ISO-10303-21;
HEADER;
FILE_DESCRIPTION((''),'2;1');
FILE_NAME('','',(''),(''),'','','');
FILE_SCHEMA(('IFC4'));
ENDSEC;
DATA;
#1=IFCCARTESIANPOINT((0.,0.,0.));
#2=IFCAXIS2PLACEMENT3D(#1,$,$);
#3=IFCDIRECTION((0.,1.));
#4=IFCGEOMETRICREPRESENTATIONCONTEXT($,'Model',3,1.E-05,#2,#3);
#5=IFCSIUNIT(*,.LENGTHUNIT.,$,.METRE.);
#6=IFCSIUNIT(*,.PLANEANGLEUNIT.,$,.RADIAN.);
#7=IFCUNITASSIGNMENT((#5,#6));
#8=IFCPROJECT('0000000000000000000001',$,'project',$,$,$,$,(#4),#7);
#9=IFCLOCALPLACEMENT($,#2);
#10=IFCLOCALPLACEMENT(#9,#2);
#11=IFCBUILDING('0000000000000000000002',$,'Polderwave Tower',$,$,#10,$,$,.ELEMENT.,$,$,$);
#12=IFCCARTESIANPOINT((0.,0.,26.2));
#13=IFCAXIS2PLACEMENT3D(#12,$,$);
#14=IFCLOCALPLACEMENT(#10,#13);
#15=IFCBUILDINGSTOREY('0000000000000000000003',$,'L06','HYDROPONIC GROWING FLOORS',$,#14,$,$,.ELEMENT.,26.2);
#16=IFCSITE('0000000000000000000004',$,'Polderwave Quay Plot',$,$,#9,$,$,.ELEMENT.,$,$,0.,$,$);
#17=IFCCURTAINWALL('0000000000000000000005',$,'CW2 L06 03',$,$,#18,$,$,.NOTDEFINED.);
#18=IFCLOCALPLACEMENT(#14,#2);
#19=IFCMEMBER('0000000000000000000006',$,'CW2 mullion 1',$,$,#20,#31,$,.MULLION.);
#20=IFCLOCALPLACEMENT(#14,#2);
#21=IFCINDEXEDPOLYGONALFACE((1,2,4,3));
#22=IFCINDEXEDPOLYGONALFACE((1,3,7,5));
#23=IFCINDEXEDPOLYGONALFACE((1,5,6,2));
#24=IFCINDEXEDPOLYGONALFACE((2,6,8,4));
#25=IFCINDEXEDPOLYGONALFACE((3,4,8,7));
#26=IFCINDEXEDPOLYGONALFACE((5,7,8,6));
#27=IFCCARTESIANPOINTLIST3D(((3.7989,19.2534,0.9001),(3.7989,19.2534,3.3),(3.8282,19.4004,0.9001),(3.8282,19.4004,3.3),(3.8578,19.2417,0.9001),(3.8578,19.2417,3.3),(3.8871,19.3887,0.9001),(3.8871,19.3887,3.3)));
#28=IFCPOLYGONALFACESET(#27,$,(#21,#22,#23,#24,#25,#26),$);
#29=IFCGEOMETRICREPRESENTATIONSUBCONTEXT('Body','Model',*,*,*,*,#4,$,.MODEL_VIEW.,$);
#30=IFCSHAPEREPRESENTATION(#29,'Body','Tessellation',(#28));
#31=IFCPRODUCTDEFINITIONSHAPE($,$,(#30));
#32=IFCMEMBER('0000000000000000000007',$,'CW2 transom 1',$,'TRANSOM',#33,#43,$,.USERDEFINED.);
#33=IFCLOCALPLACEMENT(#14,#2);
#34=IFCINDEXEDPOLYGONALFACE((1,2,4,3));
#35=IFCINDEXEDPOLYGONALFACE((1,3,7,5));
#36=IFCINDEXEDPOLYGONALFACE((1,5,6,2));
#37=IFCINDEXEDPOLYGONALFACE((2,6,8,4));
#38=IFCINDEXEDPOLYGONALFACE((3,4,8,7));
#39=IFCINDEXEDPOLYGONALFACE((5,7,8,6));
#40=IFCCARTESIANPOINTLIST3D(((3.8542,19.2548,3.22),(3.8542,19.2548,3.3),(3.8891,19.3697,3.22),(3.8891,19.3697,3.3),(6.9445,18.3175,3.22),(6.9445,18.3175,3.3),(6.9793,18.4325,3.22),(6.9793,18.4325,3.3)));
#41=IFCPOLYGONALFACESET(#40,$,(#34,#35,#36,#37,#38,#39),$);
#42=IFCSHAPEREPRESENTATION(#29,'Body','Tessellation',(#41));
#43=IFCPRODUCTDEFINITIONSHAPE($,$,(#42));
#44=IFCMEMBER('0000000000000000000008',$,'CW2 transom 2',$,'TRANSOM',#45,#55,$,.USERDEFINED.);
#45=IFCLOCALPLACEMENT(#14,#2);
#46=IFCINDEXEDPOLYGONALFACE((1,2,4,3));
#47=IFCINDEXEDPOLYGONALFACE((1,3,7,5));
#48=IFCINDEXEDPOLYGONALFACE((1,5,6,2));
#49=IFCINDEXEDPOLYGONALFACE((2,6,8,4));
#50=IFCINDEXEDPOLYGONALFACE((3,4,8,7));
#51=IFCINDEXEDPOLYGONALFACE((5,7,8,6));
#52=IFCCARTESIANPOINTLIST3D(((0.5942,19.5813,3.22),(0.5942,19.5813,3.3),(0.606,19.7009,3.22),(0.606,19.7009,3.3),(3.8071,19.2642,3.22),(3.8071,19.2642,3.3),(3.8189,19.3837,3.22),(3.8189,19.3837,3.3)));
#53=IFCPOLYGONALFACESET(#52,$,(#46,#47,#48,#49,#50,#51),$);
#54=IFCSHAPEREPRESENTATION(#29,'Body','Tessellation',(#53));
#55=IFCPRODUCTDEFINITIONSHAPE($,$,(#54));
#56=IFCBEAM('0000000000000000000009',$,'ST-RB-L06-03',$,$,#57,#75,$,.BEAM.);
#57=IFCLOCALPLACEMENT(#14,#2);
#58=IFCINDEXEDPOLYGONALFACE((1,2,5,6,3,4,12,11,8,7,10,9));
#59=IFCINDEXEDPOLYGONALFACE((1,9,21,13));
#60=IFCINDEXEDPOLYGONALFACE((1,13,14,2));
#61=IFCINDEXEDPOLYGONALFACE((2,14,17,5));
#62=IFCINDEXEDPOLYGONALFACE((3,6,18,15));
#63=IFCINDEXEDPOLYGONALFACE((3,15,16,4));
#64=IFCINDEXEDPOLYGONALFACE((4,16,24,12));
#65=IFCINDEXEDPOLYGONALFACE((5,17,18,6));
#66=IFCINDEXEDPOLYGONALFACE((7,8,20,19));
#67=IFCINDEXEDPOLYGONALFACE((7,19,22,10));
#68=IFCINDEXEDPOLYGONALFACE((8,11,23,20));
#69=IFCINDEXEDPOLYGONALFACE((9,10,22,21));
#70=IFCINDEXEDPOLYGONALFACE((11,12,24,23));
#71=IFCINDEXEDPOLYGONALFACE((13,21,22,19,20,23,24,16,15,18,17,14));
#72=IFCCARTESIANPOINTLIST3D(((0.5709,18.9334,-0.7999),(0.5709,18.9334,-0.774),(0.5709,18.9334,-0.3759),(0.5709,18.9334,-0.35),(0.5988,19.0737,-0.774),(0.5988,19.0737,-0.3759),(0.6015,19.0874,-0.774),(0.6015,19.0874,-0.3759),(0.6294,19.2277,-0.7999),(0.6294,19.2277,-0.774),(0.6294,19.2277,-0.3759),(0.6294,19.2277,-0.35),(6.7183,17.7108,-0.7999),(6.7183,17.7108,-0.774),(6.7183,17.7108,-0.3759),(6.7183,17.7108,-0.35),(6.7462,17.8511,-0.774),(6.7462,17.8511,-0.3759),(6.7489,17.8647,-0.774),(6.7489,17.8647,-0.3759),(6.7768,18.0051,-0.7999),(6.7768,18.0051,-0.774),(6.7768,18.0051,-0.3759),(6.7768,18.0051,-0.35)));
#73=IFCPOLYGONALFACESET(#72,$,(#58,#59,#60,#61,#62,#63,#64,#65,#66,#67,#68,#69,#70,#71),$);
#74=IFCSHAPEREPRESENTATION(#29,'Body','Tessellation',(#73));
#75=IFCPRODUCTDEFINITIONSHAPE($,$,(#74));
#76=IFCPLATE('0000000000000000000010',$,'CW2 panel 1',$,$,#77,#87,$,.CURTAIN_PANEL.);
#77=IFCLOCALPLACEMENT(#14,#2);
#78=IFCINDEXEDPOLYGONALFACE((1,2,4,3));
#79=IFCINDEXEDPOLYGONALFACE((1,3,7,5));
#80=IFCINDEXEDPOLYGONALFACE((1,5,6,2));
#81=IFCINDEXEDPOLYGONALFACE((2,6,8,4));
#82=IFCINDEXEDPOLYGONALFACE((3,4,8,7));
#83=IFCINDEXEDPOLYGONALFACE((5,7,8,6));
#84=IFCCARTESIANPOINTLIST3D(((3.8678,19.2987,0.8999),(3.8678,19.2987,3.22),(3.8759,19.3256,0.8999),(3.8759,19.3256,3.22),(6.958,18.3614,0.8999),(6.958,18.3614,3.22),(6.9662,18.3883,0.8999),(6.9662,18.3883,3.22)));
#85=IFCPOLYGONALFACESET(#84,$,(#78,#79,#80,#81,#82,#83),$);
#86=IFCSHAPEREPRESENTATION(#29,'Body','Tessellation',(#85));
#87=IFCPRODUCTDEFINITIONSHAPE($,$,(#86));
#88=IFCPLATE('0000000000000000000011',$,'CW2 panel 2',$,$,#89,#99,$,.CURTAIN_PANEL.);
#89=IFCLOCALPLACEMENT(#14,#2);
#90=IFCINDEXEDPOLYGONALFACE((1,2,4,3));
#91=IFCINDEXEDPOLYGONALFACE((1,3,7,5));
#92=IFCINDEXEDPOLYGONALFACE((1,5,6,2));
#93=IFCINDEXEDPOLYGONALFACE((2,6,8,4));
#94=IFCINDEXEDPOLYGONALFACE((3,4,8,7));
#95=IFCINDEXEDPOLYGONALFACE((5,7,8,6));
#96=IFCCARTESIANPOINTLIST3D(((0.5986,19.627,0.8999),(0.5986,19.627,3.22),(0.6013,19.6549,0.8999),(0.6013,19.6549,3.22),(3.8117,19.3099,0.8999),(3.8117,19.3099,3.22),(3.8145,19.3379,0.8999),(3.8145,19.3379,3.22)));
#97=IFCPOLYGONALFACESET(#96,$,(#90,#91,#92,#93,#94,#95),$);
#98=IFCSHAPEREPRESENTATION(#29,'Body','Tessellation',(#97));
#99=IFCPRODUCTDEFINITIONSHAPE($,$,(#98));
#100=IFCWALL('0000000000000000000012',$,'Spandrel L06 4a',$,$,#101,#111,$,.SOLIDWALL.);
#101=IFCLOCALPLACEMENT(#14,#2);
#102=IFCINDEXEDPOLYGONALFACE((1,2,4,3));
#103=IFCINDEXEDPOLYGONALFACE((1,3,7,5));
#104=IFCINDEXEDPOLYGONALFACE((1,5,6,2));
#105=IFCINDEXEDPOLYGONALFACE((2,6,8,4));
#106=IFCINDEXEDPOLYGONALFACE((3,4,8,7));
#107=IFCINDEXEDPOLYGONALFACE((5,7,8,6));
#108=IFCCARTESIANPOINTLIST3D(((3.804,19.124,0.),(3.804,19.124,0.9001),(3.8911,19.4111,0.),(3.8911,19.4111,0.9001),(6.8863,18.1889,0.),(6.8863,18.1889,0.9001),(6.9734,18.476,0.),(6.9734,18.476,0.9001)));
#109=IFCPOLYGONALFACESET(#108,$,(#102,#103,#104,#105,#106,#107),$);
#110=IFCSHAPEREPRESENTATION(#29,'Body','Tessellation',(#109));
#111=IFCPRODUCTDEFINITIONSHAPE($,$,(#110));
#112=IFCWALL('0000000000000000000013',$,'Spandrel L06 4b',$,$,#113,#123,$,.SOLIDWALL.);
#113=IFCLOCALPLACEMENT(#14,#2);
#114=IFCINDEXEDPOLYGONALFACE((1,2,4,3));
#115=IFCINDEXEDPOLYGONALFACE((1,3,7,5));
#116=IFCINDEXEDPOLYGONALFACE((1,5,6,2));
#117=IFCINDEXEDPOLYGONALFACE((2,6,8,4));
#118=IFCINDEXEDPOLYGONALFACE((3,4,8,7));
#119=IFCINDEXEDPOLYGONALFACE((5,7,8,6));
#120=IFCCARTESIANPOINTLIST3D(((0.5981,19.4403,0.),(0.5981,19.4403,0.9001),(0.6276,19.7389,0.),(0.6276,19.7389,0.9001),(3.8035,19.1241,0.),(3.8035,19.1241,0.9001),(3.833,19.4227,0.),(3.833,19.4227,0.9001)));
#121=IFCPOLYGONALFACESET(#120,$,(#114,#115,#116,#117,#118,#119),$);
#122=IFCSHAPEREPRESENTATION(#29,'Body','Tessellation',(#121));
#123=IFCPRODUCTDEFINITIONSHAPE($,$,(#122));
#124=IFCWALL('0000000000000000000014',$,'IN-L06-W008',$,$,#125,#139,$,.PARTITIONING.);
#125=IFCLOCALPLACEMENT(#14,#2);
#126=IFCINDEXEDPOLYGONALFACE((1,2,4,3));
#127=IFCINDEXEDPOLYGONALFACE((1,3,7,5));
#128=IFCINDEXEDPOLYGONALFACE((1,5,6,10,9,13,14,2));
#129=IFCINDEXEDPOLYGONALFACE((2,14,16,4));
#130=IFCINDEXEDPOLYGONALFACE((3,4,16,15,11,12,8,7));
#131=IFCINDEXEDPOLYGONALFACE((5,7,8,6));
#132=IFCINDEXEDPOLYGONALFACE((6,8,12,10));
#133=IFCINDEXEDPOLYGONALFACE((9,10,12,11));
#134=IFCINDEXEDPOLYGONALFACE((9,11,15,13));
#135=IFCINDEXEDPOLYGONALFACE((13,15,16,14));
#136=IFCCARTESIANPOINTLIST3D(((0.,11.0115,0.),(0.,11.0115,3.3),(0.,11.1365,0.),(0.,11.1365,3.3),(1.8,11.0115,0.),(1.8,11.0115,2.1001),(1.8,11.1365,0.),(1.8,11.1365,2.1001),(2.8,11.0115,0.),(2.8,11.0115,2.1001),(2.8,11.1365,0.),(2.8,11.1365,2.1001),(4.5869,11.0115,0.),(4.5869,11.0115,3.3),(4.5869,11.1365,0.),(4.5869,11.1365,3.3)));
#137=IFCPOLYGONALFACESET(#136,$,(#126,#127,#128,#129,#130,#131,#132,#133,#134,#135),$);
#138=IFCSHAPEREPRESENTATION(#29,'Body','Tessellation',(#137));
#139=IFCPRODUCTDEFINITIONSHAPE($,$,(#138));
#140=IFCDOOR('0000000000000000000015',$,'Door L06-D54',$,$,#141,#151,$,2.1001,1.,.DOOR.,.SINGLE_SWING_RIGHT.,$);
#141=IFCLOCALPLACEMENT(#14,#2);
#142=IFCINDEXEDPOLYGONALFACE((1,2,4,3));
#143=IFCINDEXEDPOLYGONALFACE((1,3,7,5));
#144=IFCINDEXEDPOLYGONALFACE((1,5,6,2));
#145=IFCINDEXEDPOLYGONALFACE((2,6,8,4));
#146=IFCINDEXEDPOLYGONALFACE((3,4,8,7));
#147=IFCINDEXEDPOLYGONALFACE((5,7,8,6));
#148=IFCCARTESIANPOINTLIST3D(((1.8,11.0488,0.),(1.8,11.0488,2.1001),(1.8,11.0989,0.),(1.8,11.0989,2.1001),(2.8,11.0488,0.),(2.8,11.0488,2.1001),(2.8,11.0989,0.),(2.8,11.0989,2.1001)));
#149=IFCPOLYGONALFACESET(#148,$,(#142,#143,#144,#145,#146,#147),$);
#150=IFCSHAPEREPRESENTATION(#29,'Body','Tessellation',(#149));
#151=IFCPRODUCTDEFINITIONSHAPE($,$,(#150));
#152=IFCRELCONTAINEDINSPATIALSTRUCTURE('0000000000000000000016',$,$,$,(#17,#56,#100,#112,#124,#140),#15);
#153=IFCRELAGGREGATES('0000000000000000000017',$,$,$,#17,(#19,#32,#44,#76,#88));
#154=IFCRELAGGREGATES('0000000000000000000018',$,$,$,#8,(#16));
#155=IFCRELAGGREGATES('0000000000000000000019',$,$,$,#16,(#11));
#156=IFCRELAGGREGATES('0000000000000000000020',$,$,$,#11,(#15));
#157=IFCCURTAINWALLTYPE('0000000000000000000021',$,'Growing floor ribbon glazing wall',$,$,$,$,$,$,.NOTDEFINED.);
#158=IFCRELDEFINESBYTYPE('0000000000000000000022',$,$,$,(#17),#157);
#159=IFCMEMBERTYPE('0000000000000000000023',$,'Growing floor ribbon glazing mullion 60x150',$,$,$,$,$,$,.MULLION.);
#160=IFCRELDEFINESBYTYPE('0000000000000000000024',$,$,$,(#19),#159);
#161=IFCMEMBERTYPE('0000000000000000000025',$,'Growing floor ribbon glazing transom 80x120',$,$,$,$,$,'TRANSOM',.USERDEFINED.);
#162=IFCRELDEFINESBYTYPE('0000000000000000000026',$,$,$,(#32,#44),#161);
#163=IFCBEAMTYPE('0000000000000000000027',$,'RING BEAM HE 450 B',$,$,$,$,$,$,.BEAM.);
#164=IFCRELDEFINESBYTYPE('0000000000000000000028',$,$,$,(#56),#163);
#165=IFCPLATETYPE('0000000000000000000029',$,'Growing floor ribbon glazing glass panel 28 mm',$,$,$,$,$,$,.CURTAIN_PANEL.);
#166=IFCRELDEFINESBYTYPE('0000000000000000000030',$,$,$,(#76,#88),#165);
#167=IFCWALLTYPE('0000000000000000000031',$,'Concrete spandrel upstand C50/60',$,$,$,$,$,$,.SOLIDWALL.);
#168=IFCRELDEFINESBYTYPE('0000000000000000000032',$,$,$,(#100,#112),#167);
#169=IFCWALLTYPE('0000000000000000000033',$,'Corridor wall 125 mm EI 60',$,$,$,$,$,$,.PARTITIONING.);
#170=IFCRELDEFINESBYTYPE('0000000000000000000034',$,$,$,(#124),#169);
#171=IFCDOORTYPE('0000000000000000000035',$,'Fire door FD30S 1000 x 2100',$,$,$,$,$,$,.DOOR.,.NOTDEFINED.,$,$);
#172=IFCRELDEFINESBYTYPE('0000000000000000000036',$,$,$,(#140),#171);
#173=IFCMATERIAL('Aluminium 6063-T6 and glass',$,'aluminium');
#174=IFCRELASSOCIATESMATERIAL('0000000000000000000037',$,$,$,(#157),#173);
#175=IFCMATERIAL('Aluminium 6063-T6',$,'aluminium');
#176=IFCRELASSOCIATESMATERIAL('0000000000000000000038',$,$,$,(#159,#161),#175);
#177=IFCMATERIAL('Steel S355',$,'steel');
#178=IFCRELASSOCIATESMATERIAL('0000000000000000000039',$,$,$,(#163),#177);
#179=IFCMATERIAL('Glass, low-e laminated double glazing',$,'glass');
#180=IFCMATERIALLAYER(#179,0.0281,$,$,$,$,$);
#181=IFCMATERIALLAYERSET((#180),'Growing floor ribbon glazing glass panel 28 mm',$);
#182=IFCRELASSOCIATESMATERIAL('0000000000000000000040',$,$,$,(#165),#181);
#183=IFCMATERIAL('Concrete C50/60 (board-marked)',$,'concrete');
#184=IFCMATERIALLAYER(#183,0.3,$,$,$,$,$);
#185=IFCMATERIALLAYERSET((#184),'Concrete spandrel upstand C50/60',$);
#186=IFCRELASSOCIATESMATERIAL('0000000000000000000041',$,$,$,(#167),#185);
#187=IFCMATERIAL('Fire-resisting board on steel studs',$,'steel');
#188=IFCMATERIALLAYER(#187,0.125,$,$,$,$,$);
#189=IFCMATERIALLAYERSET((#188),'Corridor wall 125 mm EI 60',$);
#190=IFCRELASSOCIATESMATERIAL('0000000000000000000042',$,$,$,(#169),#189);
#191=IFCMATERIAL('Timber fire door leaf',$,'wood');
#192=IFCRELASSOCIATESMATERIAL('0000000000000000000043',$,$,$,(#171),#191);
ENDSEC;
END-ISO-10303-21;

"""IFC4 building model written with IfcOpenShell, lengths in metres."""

from ifc_helpers import new_model, si_unit, direction, frame, frame_2d, origin, origin_2d, place, context, subcontext, project, spatial, rectangle, i_section, extrude, material, layer, layer_set, material_profile, profile_set, type_object, element, fill, aggregate, save


model = new_model("IFC4")

# Units and contexts
model_context = context("Model", 3, precision=1e-05, world=origin(), true_north=direction((0.0, 1.0)))
body_context = subcontext(model_context, "Body", "Model", "MODEL_VIEW")
ifc_project = project(units=[si_unit("LENGTHUNIT", "METRE"), si_unit("PLANEANGLEUNIT", "RADIAN")], contexts=[model_context])

# Site, building, storey
site_placement = place(None, origin())
site = spatial("IfcSite", under=ifc_project, at=site_placement, Name="Polderwave Quay Plot", CompositionType="ELEMENT", RefElevation=0.0)
building_placement = place(site_placement, origin())
building = spatial("IfcBuilding", under=site, at=building_placement, Name="Polderwave Tower", CompositionType="ELEMENT")
storey_placement = place(building_placement, frame((0.0, 0.0, 26.2)))
storey = spatial("IfcBuildingStorey", under=building, at=storey_placement, Name="L06", Description="HYDROPONIC GROWING FLOORS", CompositionType="ELEMENT", Elevation=26.2)

# Curtain wall, members
ifc_material_1 = material(Name="Aluminium 6063-T6 and glass", Category="aluminium")
curtain_wall_type = type_object("IfcCurtainWallType", Name="Growing floor ribbon glazing wall", PredefinedType="NOTDEFINED", material=ifc_material_1)
curtain_wall_placement = place(storey_placement, origin())
curtain_wall = element("IfcCurtainWall", 1, at=curtain_wall_placement, inside=storey, type_object=curtain_wall_type, Name="CW2 L06 03", PredefinedType="NOTDEFINED")
ifc_material_2 = material(Name="Aluminium 6063-T6", Category="aluminium")
ifc_material_profile_1 = material_profile(ifc_material_2, rectangle(XDim=0.1499, YDim=0.0601, at=origin_2d()), Name="AL 60x150")
ifc_profile_set_1 = profile_set([ifc_material_profile_1], Name="Aluminium 6063-T6")
member_type_1 = type_object("IfcMemberType", Name="Growing floor ribbon glazing mullion 60x150", PredefinedType="MULLION", material=ifc_profile_set_1)
member_1_placement = place(storey_placement, frame((3.843, 19.321, 0.9001), z_axis=(0.0, 0.0, 1.0), x_axis=(-0.195159, -0.980772, 0.0)))
member_1 = element("IfcMember", 2, at=member_1_placement, type_object=member_type_1, Name="CW2 mullion 1", PredefinedType="MULLION", context=body_context, shape_type="SweptSolid", body=[
    extrude(rectangle(XDim=0.1499, YDim=0.0601, at=origin_2d()), origin(), (0.0, 0.0, 1.0), 2.3999),
])
ifc_material_profile_2 = material_profile(ifc_material_2, rectangle(XDim=0.1201, YDim=0.0801, at=origin_2d()), Name="AL 80x120")
ifc_profile_set_2 = profile_set([ifc_material_profile_2], Name="Aluminium 6063-T6")
member_type_2 = type_object("IfcMemberType", Name="Growing floor ribbon glazing transom 80x120", ElementType="TRANSOM", PredefinedType="USERDEFINED", material=ifc_profile_set_2)
member_2_placement = place(storey_placement, frame((6.9619, 18.375, 3.26), z_axis=(-0.956956, 0.290232, 0.0), x_axis=(-0.290232, -0.956956, 0.0)))
member_2 = element("IfcMember", 3, at=member_2_placement, type_object=member_type_2, Name="CW2 transom 1", ObjectType="TRANSOM", PredefinedType="USERDEFINED", context=body_context, shape_type="SweptSolid", body=[
    extrude(rectangle(XDim=0.1201, YDim=0.0801, at=origin_2d()), origin(), (0.0, 0.0, 1.0), 3.2292),
])
member_3_placement = place(storey_placement, frame((3.813, 19.324, 3.26), z_axis=(-0.995164, 0.098231, 0.0), x_axis=(-0.098231, -0.995164, 0.0)))
member_3 = element("IfcMember", 4, at=member_3_placement, type_object=member_type_2, Name="CW2 transom 2", ObjectType="TRANSOM", PredefinedType="USERDEFINED", context=body_context, shape_type="SweptSolid", body=[
    extrude(rectangle(XDim=0.1201, YDim=0.0801, at=origin_2d()), origin(), (0.0, 0.0, 1.0), 3.2285),
])

# Beam
ifc_material_3 = material(Name="Steel S355", Category="steel")
ifc_material_profile_3 = material_profile(ifc_material_3, i_section(OverallWidth=0.3, OverallDepth=0.45, WebThickness=0.0139, FlangeThickness=0.0259, at=origin_2d()), Name="HE 450 B")
ifc_profile_set_3 = profile_set([ifc_material_profile_3], Name="Steel S355")
beam_type = type_object("IfcBeamType", Name="RING BEAM HE 450 B", PredefinedType="BEAM", material=ifc_profile_set_3)
beam_placement = place(storey_placement, frame((6.7476, 17.8579, -0.575), z_axis=(-0.98079, 0.195067, 0.0), x_axis=(-0.195067, -0.98079, 0.0)))
element("IfcBeam", 5, at=beam_placement, inside=storey, type_object=beam_type, Name="ST-RB-L06-03", PredefinedType="BEAM", context=body_context, shape_type="SweptSolid", body=[
    extrude(i_section(OverallWidth=0.3, OverallDepth=0.45, WebThickness=0.0139, FlangeThickness=0.0259, at=origin_2d()), origin(), (0.0, 0.0, 1.0), 6.2678),
])

# Plates
ifc_material_4 = material(Name="Glass, low-e laminated double glazing", Category="glass")
ifc_layer_1 = layer(ifc_material_4, 0.0281)
ifc_layer_set_1 = layer_set([ifc_layer_1], Name="Growing floor ribbon glazing glass panel 28 mm")
plate_type = type_object("IfcPlateType", Name="Growing floor ribbon glazing glass panel 28 mm", PredefinedType="CURTAIN_PANEL", material=ifc_layer_set_1)
plate_1_placement = place(storey_placement, frame((5.417, 18.8435, 0.8999), z_axis=(0.0, 0.0, 1.0), x_axis=(-0.956952, 0.290246, 0.0)))
plate_1 = element("IfcPlate", 6, at=plate_1_placement, type_object=plate_type, Name="CW2 panel 1", PredefinedType="CURTAIN_PANEL", context=body_context, shape_type="SweptSolid", body=[
    extrude(rectangle(XDim=3.2292, YDim=0.0281, at=origin_2d()), origin(), (0.0, 0.0, 1.0), 2.3201),
])
plate_2_placement = place(storey_placement, frame((2.2065, 19.4824, 0.8999), z_axis=(0.0, 0.0, 1.0), x_axis=(-0.995167, 0.098198, 0.0)))
plate_2 = element("IfcPlate", 7, at=plate_2_placement, type_object=plate_type, Name="CW2 panel 2", PredefinedType="CURTAIN_PANEL", context=body_context, shape_type="SweptSolid", body=[
    extrude(rectangle(XDim=3.2288, YDim=0.0281, at=origin_2d()), origin(), (0.0, 0.0, 1.0), 2.3201),
])
aggregate(curtain_wall, [member_1, member_2, member_3, plate_1, plate_2])

# Walls
ifc_material_5 = material(Name="Concrete C50/60 (board-marked)", Category="concrete")
ifc_layer_2 = layer(ifc_material_5, 0.3)
ifc_layer_set_2 = layer_set([ifc_layer_2], Name="Concrete spandrel upstand C50/60")
wall_type_1 = type_object("IfcWallType", Name="Concrete spandrel upstand C50/60", PredefinedType="SOLIDWALL", material=ifc_layer_set_2)
for number, where, z_axis, x_axis, name in (
    (8, (6.9297, 18.3325, 0.0), (0.0, 0.0, 1.0), (-0.956935, 0.290302, 0.0), "Spandrel L06 4a"),
    (9, (3.8181, 19.2734, 0.0), (0.0, 0.0, 1.0), (-0.995171, 0.09816, 0.0), "Spandrel L06 4b"),
):
    element("IfcWall", number, at=place(storey_placement, frame(where, z_axis=z_axis, x_axis=x_axis)), inside=storey, type_object=wall_type_1, Name=name, PredefinedType="SOLIDWALL", context=body_context, shape_type="SweptSolid", body=[
        extrude(rectangle(XDim=3.2209, YDim=0.3, at=frame_2d((1.6104, 0.0))), origin(), (0.0, 0.0, 1.0), 0.9001),
    ])

# Wall, opening, door
ifc_material_6 = material(Name="Fire-resisting board on steel studs", Category="steel")
ifc_layer_3 = layer(ifc_material_6, 0.125)
ifc_layer_set_3 = layer_set([ifc_layer_3], Name="Corridor wall 125 mm EI 60")
wall_type_2 = type_object("IfcWallType", Name="Corridor wall 125 mm EI 60", PredefinedType="PARTITIONING", material=ifc_layer_set_3)
wall_1_placement = place(storey_placement, frame((0.0, 11.074, 0.0), z_axis=(0.0, 0.0, 1.0), x_axis=(1.0, 0.0, 0.0)))
wall_1 = element("IfcWall", 10, at=wall_1_placement, inside=storey, type_object=wall_type_2, Name="IN-L06-W008", PredefinedType="PARTITIONING", context=body_context, shape_type="SweptSolid", body=[
    extrude(rectangle(XDim=4.5869, YDim=0.125, at=frame_2d((2.2935, 0.0))), origin(), (0.0, 0.0, 1.0), 3.3),
])
opening_1_placement = place(wall_1_placement, frame((1.8, 0.0, 0.0)))
opening_1 = element("IfcOpeningElement", 11, at=opening_1_placement, cuts=wall_1, PredefinedType="OPENING", context=body_context, shape_type="SweptSolid", body=[
    extrude(rectangle(XDim=1.0, YDim=2.1001, at=frame_2d((0.5, 1.05))), frame((0.0, 0.0725, 0.0), z_axis=(0.0, -1.0, 0.0), x_axis=(1.0, 0.0, 0.0)), (0.0, 0.0, 1.0), 0.145),
])
ifc_material_7 = material(Name="Timber fire door leaf", Category="wood")
door_type_1 = type_object("IfcDoorType", Name="Fire door FD30S 1000 x 2100", OperationType="NOTDEFINED", PredefinedType="DOOR", material=ifc_material_7)
door_1_placement = place(opening_1_placement, origin())
door_1 = element("IfcDoor", 12, at=door_1_placement, inside=storey, type_object=door_type_1, Name="Door L06-D54", OperationType="SINGLE_SWING_RIGHT", OverallHeight=2.1001, OverallWidth=1.0, PredefinedType="DOOR", context=body_context, shape_type="SweptSolid", body=[
    extrude(rectangle(XDim=1.0, YDim=2.1001, at=frame_2d((0.5, 1.05))), frame((0.0, 0.0249, 0.0), z_axis=(0.0, -1.0, 0.0), x_axis=(1.0, 0.0, 0.0)), (0.0, 0.0, 1.0), 0.05),
])
fill(opening_1, door_1)

save(model, "model.ifc")
